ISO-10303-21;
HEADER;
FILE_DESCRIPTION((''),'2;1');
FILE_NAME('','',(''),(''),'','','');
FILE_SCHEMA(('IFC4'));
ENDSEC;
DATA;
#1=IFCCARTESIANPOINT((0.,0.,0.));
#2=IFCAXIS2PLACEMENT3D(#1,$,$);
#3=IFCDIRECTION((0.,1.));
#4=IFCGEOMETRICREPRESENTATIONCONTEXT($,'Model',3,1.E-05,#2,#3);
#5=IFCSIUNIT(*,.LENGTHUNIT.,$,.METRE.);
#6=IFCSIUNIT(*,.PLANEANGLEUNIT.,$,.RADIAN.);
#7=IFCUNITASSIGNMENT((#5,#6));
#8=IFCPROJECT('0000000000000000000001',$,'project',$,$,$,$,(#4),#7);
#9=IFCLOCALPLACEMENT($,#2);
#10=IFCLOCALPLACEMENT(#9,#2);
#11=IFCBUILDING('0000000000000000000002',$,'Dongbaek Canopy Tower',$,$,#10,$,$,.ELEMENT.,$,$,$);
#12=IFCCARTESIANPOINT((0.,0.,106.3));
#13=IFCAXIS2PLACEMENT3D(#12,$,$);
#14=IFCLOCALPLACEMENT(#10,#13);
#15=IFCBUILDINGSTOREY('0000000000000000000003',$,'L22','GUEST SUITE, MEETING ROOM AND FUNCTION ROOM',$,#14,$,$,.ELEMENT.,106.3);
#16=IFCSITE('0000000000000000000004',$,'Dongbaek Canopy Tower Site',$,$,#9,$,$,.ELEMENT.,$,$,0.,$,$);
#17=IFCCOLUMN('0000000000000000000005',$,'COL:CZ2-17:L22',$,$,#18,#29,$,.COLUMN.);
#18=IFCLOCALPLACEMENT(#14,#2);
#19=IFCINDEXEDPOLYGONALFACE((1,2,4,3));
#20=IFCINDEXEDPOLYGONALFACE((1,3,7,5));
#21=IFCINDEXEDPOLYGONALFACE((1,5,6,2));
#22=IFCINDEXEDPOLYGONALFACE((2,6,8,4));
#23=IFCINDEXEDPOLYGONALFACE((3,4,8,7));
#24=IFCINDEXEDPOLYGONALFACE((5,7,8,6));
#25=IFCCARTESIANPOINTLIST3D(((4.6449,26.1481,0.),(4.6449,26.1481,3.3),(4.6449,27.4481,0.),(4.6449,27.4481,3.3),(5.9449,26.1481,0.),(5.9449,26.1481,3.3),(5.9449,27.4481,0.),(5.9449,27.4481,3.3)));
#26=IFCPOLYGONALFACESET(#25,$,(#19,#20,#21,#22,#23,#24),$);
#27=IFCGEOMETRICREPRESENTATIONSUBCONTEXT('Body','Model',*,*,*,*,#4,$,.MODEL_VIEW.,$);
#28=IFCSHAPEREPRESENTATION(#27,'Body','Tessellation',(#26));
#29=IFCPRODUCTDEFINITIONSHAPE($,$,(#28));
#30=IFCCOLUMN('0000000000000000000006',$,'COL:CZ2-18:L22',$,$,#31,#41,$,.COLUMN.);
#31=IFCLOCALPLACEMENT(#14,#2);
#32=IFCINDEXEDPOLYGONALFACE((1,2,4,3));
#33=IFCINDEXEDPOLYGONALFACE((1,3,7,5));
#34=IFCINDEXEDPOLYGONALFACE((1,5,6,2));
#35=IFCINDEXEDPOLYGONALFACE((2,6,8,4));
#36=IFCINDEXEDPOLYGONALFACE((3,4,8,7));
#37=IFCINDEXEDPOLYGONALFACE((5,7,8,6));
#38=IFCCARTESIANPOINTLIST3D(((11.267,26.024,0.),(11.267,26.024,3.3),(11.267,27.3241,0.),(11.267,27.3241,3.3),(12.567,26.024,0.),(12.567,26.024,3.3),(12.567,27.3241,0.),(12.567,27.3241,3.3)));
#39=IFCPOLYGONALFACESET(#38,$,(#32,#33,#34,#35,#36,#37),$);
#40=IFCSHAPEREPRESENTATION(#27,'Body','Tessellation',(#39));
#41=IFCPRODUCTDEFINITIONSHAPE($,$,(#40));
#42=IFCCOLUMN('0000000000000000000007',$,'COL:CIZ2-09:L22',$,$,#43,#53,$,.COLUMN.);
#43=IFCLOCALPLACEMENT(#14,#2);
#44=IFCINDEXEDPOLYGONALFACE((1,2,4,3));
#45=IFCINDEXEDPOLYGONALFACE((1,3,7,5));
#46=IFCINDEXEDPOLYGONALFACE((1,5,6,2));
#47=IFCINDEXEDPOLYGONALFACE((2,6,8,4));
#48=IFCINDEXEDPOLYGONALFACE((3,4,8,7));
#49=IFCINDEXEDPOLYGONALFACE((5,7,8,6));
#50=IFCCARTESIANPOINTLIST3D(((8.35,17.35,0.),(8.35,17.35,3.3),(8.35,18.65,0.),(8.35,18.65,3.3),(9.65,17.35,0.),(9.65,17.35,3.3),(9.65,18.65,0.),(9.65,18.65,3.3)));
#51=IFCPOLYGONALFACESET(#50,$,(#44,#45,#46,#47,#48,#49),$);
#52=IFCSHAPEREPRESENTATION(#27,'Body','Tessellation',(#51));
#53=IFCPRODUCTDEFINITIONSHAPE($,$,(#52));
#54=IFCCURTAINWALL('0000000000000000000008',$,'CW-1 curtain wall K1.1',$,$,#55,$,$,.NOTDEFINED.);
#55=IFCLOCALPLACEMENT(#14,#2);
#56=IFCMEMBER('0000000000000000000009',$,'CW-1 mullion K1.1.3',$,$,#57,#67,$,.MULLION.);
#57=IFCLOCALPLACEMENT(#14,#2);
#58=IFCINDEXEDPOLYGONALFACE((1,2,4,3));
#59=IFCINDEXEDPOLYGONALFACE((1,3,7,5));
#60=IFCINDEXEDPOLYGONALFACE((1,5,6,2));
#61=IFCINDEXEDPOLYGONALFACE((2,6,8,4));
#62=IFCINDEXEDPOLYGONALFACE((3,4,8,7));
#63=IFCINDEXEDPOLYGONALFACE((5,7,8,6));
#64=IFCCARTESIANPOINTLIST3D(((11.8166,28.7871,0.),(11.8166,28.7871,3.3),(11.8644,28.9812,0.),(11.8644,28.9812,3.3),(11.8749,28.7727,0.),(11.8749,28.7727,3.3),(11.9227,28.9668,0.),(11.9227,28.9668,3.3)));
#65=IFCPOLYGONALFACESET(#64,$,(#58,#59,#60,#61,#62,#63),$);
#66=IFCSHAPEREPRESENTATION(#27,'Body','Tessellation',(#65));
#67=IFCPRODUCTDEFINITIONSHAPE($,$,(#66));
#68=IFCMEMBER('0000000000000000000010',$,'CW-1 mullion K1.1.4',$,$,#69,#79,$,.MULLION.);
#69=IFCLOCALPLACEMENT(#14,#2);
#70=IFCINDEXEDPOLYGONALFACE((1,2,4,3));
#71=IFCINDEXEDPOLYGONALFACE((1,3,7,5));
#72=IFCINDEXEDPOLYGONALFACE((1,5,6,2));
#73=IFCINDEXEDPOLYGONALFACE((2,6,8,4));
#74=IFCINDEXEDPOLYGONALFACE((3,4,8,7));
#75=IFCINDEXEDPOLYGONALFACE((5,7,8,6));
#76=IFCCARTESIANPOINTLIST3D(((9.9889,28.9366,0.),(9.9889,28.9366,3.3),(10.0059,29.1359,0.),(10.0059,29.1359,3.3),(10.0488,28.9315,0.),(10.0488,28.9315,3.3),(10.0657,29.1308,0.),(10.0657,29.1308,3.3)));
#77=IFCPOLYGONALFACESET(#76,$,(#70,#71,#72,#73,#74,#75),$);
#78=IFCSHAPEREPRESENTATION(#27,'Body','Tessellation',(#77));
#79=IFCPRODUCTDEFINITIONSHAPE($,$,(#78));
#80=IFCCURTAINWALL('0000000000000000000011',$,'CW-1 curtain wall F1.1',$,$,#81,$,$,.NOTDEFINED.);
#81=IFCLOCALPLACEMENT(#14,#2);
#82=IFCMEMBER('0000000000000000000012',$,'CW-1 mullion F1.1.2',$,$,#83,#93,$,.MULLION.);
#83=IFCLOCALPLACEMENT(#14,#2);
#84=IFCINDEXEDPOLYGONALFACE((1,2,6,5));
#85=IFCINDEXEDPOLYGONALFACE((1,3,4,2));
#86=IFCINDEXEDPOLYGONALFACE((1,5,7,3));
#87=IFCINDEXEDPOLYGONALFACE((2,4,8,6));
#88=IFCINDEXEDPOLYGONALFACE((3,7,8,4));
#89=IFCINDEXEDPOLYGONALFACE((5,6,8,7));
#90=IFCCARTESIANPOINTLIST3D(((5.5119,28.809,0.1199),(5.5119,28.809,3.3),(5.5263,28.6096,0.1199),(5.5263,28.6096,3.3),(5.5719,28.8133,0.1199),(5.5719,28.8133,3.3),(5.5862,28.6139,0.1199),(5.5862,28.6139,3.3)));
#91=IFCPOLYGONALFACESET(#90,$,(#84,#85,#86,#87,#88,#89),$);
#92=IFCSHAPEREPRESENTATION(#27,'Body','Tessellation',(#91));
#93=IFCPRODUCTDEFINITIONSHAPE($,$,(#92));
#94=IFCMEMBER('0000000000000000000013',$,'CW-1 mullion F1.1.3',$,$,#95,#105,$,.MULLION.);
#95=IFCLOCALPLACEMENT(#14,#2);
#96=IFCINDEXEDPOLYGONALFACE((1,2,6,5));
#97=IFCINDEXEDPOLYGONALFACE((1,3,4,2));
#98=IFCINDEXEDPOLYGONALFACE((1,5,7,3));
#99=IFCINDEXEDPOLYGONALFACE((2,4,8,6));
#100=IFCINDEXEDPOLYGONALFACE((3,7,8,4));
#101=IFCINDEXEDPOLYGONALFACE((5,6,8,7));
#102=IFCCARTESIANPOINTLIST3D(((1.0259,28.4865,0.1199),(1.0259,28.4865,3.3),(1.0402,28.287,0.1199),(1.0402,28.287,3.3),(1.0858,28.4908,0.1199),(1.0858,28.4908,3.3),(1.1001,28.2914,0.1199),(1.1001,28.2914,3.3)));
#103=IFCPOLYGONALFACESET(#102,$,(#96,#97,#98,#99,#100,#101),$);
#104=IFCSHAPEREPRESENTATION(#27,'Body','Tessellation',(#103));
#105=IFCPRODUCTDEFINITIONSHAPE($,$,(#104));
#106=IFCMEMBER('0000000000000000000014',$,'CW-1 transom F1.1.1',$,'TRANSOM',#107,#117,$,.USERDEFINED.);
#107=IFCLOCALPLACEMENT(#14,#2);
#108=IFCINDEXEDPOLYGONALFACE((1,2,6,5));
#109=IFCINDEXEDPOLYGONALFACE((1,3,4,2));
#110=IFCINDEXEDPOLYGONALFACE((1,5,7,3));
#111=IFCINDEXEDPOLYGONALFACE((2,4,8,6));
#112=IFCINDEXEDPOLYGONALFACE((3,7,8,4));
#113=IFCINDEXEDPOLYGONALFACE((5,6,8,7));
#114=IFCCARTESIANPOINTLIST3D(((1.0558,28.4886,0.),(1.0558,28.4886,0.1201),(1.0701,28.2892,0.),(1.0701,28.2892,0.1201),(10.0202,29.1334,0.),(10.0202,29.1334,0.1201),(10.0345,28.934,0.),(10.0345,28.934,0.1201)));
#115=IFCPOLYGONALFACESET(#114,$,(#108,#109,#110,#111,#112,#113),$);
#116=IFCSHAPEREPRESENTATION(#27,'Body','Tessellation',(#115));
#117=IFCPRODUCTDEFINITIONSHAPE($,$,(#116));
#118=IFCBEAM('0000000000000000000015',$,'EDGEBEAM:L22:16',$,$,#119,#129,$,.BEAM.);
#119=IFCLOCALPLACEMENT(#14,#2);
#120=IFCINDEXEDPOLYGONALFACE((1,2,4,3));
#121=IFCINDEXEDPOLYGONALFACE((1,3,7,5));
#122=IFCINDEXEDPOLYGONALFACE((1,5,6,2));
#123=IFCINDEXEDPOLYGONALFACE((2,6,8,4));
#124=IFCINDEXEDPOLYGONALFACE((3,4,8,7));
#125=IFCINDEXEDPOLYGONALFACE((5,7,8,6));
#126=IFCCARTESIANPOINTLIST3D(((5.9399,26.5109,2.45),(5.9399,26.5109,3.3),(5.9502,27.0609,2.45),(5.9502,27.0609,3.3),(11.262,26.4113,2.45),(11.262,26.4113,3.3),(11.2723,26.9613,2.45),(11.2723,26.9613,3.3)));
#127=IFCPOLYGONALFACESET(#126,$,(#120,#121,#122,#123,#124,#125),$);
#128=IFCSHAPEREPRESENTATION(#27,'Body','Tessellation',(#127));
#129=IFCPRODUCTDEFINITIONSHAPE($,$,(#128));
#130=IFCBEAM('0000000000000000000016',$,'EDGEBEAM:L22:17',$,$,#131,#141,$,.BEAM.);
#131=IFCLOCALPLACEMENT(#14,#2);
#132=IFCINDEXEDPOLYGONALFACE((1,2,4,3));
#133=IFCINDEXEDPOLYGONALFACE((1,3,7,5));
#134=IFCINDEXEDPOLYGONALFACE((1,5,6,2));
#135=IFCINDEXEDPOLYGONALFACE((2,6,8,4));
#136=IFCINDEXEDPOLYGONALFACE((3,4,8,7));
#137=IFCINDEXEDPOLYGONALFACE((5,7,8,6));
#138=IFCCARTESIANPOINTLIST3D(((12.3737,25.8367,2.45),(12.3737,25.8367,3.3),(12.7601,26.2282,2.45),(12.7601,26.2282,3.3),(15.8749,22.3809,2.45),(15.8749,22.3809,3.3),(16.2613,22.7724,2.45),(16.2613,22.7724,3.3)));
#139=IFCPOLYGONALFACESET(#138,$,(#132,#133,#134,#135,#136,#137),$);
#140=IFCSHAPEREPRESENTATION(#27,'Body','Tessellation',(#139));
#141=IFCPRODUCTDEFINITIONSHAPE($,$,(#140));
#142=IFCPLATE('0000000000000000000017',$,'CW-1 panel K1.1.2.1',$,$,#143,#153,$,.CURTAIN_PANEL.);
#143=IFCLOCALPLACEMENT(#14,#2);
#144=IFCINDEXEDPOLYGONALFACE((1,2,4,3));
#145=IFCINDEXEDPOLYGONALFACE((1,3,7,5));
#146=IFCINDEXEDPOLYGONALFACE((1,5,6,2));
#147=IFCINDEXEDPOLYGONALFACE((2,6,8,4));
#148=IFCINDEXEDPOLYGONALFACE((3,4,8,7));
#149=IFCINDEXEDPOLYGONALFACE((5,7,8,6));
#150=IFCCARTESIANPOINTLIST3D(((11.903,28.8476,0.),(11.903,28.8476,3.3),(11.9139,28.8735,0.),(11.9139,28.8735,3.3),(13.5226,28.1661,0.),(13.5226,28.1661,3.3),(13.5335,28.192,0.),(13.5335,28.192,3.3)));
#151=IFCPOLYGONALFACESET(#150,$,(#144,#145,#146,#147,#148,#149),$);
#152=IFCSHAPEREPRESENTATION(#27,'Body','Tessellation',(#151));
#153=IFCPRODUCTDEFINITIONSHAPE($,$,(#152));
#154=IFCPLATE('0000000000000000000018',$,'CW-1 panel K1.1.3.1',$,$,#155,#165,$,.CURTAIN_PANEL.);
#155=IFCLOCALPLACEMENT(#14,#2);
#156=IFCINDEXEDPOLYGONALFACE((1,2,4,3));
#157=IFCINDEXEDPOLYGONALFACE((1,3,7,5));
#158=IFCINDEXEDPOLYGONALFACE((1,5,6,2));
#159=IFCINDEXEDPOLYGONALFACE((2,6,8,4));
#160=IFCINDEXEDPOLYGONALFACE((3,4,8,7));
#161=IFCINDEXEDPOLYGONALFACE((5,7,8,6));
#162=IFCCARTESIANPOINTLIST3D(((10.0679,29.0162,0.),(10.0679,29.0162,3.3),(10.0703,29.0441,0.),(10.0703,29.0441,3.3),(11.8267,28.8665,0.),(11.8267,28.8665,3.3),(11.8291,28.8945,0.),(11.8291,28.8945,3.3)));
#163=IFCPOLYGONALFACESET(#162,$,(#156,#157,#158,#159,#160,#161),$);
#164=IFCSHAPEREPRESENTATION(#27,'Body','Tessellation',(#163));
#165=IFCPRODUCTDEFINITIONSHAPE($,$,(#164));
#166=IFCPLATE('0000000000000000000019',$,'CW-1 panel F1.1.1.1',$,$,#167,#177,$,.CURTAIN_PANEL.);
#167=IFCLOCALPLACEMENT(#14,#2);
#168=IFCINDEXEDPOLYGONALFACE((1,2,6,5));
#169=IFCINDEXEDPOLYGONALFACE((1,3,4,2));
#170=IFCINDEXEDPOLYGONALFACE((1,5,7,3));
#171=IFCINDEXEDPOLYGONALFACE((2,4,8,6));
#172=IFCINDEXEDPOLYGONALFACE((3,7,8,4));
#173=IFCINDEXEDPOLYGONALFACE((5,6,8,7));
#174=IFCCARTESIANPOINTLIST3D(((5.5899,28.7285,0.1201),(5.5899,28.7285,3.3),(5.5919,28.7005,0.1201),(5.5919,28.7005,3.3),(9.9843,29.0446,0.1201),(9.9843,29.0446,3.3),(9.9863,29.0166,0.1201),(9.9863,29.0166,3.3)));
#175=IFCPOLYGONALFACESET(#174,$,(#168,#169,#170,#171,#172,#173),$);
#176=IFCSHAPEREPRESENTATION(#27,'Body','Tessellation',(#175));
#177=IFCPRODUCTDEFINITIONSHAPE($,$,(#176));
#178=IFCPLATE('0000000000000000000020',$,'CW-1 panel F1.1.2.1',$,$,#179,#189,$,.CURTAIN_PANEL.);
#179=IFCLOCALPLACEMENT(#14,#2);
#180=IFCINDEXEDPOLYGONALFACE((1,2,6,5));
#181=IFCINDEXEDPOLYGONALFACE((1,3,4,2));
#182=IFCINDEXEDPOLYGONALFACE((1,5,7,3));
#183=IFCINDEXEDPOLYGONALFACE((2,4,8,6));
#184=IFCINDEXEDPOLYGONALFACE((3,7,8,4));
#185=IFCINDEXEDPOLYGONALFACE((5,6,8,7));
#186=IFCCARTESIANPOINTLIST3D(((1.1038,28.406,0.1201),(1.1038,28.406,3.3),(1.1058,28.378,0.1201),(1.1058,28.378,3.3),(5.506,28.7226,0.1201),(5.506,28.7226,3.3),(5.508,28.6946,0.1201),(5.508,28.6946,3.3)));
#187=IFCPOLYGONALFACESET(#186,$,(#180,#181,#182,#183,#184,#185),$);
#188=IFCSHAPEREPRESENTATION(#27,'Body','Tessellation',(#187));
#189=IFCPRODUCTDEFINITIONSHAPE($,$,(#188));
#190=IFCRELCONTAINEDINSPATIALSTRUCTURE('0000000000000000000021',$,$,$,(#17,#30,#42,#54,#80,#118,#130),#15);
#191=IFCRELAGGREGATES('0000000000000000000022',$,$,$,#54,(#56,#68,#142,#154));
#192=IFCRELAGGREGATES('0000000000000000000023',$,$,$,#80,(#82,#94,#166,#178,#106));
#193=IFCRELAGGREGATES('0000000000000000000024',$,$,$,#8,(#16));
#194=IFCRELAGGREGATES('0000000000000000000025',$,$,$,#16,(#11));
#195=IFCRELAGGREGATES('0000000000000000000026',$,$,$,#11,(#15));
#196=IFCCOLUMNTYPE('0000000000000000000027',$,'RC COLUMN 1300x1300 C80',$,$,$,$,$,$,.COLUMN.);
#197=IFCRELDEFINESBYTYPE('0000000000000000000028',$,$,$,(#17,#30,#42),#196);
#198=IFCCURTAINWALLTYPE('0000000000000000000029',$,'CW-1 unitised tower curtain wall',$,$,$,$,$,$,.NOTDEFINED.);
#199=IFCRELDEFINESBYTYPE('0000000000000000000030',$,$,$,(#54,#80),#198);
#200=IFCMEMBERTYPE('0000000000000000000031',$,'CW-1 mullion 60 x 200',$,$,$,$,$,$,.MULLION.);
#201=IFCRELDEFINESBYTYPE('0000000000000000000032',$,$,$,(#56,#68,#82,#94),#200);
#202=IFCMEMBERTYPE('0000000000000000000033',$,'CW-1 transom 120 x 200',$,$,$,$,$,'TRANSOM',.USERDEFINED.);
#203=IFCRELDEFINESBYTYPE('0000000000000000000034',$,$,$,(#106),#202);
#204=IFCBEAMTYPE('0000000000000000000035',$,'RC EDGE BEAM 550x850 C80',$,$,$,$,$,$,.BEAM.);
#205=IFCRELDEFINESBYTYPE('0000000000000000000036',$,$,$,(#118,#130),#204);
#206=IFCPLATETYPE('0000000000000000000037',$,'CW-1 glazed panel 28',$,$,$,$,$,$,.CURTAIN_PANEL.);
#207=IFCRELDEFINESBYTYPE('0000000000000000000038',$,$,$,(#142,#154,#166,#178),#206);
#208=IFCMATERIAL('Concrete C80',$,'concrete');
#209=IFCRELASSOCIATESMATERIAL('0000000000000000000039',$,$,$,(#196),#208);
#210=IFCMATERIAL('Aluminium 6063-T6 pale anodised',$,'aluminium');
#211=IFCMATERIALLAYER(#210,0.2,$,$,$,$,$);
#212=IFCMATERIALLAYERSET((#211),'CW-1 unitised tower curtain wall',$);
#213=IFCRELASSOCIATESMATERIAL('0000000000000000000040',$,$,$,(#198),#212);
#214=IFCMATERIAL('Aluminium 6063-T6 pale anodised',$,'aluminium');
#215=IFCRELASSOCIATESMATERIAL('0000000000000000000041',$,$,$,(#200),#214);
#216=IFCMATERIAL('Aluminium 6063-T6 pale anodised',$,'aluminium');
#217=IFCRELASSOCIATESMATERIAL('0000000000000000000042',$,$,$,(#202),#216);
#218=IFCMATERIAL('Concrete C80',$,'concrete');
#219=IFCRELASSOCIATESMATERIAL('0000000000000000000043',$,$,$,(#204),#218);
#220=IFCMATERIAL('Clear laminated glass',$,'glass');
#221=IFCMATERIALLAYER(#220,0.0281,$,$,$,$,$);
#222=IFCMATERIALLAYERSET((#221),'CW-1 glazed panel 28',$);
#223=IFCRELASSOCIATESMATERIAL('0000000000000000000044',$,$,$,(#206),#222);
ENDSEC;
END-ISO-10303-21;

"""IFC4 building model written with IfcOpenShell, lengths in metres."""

from ifc_helpers import new_model, si_unit, direction, frame, origin, origin_2d, place, context, subcontext, project, spatial, rectangle, extrude, material, layer, layer_set, material_profile, profile_set, type_object, element, aggregate, save


model = new_model("IFC4")

# Units and contexts
model_context = context("Model", 3, precision=1e-05, world=origin(), true_north=direction((0.0, 1.0)))
body_context = subcontext(model_context, "Body", "Model", "MODEL_VIEW")
ifc_project = project(units=[si_unit("LENGTHUNIT", "METRE"), si_unit("PLANEANGLEUNIT", "RADIAN")], contexts=[model_context])

# Site, building, storey
site_placement = place(None, origin())
site = spatial("IfcSite", under=ifc_project, at=site_placement, Name="Dongbaek Canopy Tower Site", CompositionType="ELEMENT", RefElevation=0.0)
building_placement = place(site_placement, origin())
building = spatial("IfcBuilding", under=site, at=building_placement, Name="Dongbaek Canopy Tower", CompositionType="ELEMENT")
storey_placement = place(building_placement, frame((0.0, 0.0, 106.3)))
storey = spatial("IfcBuildingStorey", under=building, at=storey_placement, Name="L22", Description="GUEST SUITE, MEETING ROOM AND FUNCTION ROOM", CompositionType="ELEMENT", Elevation=106.3)

# Columns
ifc_material_1 = material(Name="Concrete C80", Category="concrete")
ifc_material_profile_1 = material_profile(ifc_material_1, rectangle(XDim=1.3, YDim=1.3, at=origin_2d()), Name="RC COLUMN 1300x1300 C80")
ifc_profile_set_1 = profile_set([ifc_material_profile_1], Name="Concrete C80")
column_type = type_object("IfcColumnType", Name="RC COLUMN 1300x1300 C80", PredefinedType="COLUMN", material=ifc_profile_set_1)
for number, where, z_axis, x_axis, name in (
    (1, (5.2949, 26.7981, 0.0), (0.0, 0.0, 1.0), (1.0, 0.0, 0.0), "COL:CZ2-17:L22"),
    (2, (11.917, 26.6741, 0.0), (0.0, 0.0, 1.0), (1.0, 0.0, 0.0), "COL:CZ2-18:L22"),
    (3, (9.0, 18.0, 0.0), (0.0, 0.0, 1.0), (1.0, 0.0, 0.0), "COL:CIZ2-09:L22"),
):
    element("IfcColumn", number, at=place(storey_placement, frame(where, z_axis=z_axis, x_axis=x_axis)), inside=storey, type_object=column_type, Name=name, PredefinedType="COLUMN", context=body_context, shape_type="SweptSolid", body=[
        extrude(rectangle(XDim=1.3, YDim=1.3, at=origin_2d()), origin(), (0.0, 0.0, 1.0), 3.3),
    ])

# Curtain walls, members
ifc_material_2 = material(Name="Aluminium 6063-T6 pale anodised", Category="aluminium")
ifc_layer_1 = layer(ifc_material_2, 0.2)
ifc_layer_set_1 = layer_set([ifc_layer_1], Name="CW-1 unitised tower curtain wall")
curtain_wall_type = type_object("IfcCurtainWallType", Name="CW-1 unitised tower curtain wall", PredefinedType="NOTDEFINED", material=ifc_layer_set_1)
curtain_wall_1_placement = place(storey_placement, origin())
curtain_wall_1 = element("IfcCurtainWall", 4, at=curtain_wall_1_placement, inside=storey, type_object=curtain_wall_type, Name="CW-1 curtain wall K1.1", PredefinedType="NOTDEFINED")
ifc_material_3 = material(Name="Aluminium 6063-T6 pale anodised", Category="aluminium")
ifc_material_profile_2 = material_profile(ifc_material_3, rectangle(XDim=0.2, YDim=0.0601, at=origin_2d()), Name="CW-1 mullion 60 x 200")
ifc_profile_set_2 = profile_set([ifc_material_profile_2], Name="Aluminium 6063-T6 pale anodised")
member_type_1 = type_object("IfcMemberType", Name="CW-1 mullion 60 x 200", PredefinedType="MULLION", material=ifc_profile_set_2)
member_1_placement = place(storey_placement, frame((11.8696, 28.877, 0.0), z_axis=(0.0, 0.0, 1.0), x_axis=(0.23925, 0.970958, 0.0)))
member_1 = element("IfcMember", 5, at=member_1_placement, type_object=member_type_1, Name="CW-1 mullion K1.1.3", PredefinedType="MULLION", context=body_context, shape_type="SweptSolid", body=[
    extrude(rectangle(XDim=0.2, YDim=0.0601, at=origin_2d()), origin(), (0.0, 0.0, 1.0), 3.3),
])
member_2_placement = place(storey_placement, frame((10.0273, 29.0337, 0.0), z_axis=(0.0, 0.0, 1.0), x_axis=(0.084793, 0.996399, 0.0)))
member_2 = element("IfcMember", 6, at=member_2_placement, type_object=member_type_1, Name="CW-1 mullion K1.1.4", PredefinedType="MULLION", context=body_context, shape_type="SweptSolid", body=[
    extrude(rectangle(XDim=0.2, YDim=0.0601, at=origin_2d()), origin(), (0.0, 0.0, 1.0), 3.3),
])
curtain_wall_2_placement = place(storey_placement, origin())
curtain_wall_2 = element("IfcCurtainWall", 7, at=curtain_wall_2_placement, inside=storey, type_object=curtain_wall_type, Name="CW-1 curtain wall F1.1", PredefinedType="NOTDEFINED")
member_3_placement = place(storey_placement, frame((5.5491, 28.7114, 0.1199), z_axis=(0.0, 0.0, 1.0), x_axis=(-0.071743, 0.997423, 0.0)))
member_3 = element("IfcMember", 8, at=member_3_placement, type_object=member_type_1, Name="CW-1 mullion F1.1.2", PredefinedType="MULLION", context=body_context, shape_type="SweptSolid", body=[
    extrude(rectangle(XDim=0.2, YDim=0.0601, at=origin_2d()), origin(), (0.0, 0.0, 1.0), 3.1802),
])
member_4_placement = place(storey_placement, frame((1.063, 28.3889, 0.1199), z_axis=(0.0, 0.0, 1.0), x_axis=(-0.071743, 0.997423, 0.0)))
member_4 = element("IfcMember", 9, at=member_4_placement, type_object=member_type_1, Name="CW-1 mullion F1.1.3", PredefinedType="MULLION", context=body_context, shape_type="SweptSolid", body=[
    extrude(rectangle(XDim=0.2, YDim=0.0601, at=origin_2d()), origin(), (0.0, 0.0, 1.0), 3.1802),
])
ifc_material_4 = material(Name="Aluminium 6063-T6 pale anodised", Category="aluminium")
ifc_material_profile_3 = material_profile(ifc_material_4, rectangle(XDim=0.2, YDim=0.1201, at=origin_2d()), Name="CW-1 transom 120 x 200")
ifc_profile_set_3 = profile_set([ifc_material_profile_3], Name="Aluminium 6063-T6 pale anodised")
member_type_2 = type_object("IfcMemberType", Name="CW-1 transom 120 x 200", ElementType="TRANSOM", PredefinedType="USERDEFINED", material=ifc_profile_set_3)
member_5_placement = place(storey_placement, frame((10.0273, 29.0337, 0.0601), z_axis=(-0.997423, -0.071741, 0.0), x_axis=(0.071741, -0.997423, 0.0)))
member_5 = element("IfcMember", 10, at=member_5_placement, type_object=member_type_2, Name="CW-1 transom F1.1.1", ObjectType="TRANSOM", PredefinedType="USERDEFINED", context=body_context, shape_type="SweptSolid", body=[
    extrude(rectangle(XDim=0.2, YDim=0.1201, at=origin_2d()), origin(), (0.0, 0.0, 1.0), 8.9875),
])

# Beams
ifc_material_5 = material(Name="Concrete C80", Category="concrete")
ifc_material_profile_4 = material_profile(ifc_material_5, rectangle(XDim=0.55, YDim=0.8501, at=origin_2d()), Name="RC EDGE BEAM 550x850 C80")
ifc_profile_set_4 = profile_set([ifc_material_profile_4], Name="Concrete C80")
beam_type = type_object("IfcBeamType", Name="RC EDGE BEAM 550x850 C80", PredefinedType="BEAM", material=ifc_profile_set_4)
beam_1_placement = place(storey_placement, frame((5.9451, 26.7859, 2.875), z_axis=(0.999825, -0.018713, 0.0), x_axis=(0.018713, 0.999825, 0.0)))
element("IfcBeam", 11, at=beam_1_placement, inside=storey, type_object=beam_type, Name="EDGEBEAM:L22:16", PredefinedType="BEAM", context=body_context, shape_type="SweptSolid", body=[
    extrude(rectangle(XDim=0.55, YDim=0.8501, at=origin_2d()), origin(), (0.0, 0.0, 1.0), 5.323),
])
beam_2_placement = place(storey_placement, frame((12.5669, 26.0325, 2.875), z_axis=(0.711707, -0.702476, 0.0), x_axis=(0.702476, 0.711707, 0.0)))
element("IfcBeam", 12, at=beam_2_placement, inside=storey, type_object=beam_type, Name="EDGEBEAM:L22:17", PredefinedType="BEAM", context=body_context, shape_type="SweptSolid", body=[
    extrude(rectangle(XDim=0.55, YDim=0.8501, at=origin_2d()), origin(), (0.0, 0.0, 1.0), 4.9194),
])

# Plates
ifc_material_6 = material(Name="Clear laminated glass", Category="glass")
ifc_layer_2 = layer(ifc_material_6, 0.0281)
ifc_layer_set_2 = layer_set([ifc_layer_2], Name="CW-1 glazed panel 28")
plate_type = type_object("IfcPlateType", Name="CW-1 glazed panel 28", PredefinedType="CURTAIN_PANEL", material=ifc_layer_set_2)
plate_1_placement = place(storey_placement, frame((12.7183, 28.5198, 0.0), z_axis=(0.0, 0.0, 1.0), x_axis=(-0.921724, 0.387845, 0.0)))
plate_1 = element("IfcPlate", 13, at=plate_1_placement, type_object=plate_type, Name="CW-1 panel K1.1.2.1", PredefinedType="CURTAIN_PANEL", context=body_context, shape_type="SweptSolid", body=[
    extrude(rectangle(XDim=1.7571, YDim=0.0281, at=origin_2d()), origin(), (0.0, 0.0, 1.0), 3.3),
])
plate_2_placement = place(storey_placement, frame((10.9485, 28.9553, 0.0), z_axis=(0.0, 0.0, 1.0), x_axis=(-0.996399, 0.084793, 0.0)))
plate_2 = element("IfcPlate", 14, at=plate_2_placement, type_object=plate_type, Name="CW-1 panel K1.1.3.1", PredefinedType="CURTAIN_PANEL", context=body_context, shape_type="SweptSolid", body=[
    extrude(rectangle(XDim=1.7651, YDim=0.0281, at=origin_2d()), origin(), (0.0, 0.0, 1.0), 3.3),
])
aggregate(curtain_wall_1, [member_1, member_2, plate_1, plate_2])
plate_3_placement = place(storey_placement, frame((7.7881, 28.8726, 0.1201), z_axis=(0.0, 0.0, 1.0), x_axis=(-0.997423, -0.071743, 0.0)))
plate_3 = element("IfcPlate", 15, at=plate_3_placement, type_object=plate_type, Name="CW-1 panel F1.1.1.1", PredefinedType="CURTAIN_PANEL", context=body_context, shape_type="SweptSolid", body=[
    extrude(rectangle(XDim=4.4058, YDim=0.0281, at=origin_2d()), origin(), (0.0, 0.0, 1.0), 3.1799),
])
plate_4_placement = place(storey_placement, frame((3.3059, 28.5503, 0.1201), z_axis=(0.0, 0.0, 1.0), x_axis=(-0.997423, -0.071743, 0.0)))
plate_4 = element("IfcPlate", 16, at=plate_4_placement, type_object=plate_type, Name="CW-1 panel F1.1.2.1", PredefinedType="CURTAIN_PANEL", context=body_context, shape_type="SweptSolid", body=[
    extrude(rectangle(XDim=4.4136, YDim=0.0281, at=origin_2d()), origin(), (0.0, 0.0, 1.0), 3.1799),
])

aggregate(curtain_wall_2, [member_3, member_4, plate_3, plate_4, member_5])

save(model, "model.ifc")
